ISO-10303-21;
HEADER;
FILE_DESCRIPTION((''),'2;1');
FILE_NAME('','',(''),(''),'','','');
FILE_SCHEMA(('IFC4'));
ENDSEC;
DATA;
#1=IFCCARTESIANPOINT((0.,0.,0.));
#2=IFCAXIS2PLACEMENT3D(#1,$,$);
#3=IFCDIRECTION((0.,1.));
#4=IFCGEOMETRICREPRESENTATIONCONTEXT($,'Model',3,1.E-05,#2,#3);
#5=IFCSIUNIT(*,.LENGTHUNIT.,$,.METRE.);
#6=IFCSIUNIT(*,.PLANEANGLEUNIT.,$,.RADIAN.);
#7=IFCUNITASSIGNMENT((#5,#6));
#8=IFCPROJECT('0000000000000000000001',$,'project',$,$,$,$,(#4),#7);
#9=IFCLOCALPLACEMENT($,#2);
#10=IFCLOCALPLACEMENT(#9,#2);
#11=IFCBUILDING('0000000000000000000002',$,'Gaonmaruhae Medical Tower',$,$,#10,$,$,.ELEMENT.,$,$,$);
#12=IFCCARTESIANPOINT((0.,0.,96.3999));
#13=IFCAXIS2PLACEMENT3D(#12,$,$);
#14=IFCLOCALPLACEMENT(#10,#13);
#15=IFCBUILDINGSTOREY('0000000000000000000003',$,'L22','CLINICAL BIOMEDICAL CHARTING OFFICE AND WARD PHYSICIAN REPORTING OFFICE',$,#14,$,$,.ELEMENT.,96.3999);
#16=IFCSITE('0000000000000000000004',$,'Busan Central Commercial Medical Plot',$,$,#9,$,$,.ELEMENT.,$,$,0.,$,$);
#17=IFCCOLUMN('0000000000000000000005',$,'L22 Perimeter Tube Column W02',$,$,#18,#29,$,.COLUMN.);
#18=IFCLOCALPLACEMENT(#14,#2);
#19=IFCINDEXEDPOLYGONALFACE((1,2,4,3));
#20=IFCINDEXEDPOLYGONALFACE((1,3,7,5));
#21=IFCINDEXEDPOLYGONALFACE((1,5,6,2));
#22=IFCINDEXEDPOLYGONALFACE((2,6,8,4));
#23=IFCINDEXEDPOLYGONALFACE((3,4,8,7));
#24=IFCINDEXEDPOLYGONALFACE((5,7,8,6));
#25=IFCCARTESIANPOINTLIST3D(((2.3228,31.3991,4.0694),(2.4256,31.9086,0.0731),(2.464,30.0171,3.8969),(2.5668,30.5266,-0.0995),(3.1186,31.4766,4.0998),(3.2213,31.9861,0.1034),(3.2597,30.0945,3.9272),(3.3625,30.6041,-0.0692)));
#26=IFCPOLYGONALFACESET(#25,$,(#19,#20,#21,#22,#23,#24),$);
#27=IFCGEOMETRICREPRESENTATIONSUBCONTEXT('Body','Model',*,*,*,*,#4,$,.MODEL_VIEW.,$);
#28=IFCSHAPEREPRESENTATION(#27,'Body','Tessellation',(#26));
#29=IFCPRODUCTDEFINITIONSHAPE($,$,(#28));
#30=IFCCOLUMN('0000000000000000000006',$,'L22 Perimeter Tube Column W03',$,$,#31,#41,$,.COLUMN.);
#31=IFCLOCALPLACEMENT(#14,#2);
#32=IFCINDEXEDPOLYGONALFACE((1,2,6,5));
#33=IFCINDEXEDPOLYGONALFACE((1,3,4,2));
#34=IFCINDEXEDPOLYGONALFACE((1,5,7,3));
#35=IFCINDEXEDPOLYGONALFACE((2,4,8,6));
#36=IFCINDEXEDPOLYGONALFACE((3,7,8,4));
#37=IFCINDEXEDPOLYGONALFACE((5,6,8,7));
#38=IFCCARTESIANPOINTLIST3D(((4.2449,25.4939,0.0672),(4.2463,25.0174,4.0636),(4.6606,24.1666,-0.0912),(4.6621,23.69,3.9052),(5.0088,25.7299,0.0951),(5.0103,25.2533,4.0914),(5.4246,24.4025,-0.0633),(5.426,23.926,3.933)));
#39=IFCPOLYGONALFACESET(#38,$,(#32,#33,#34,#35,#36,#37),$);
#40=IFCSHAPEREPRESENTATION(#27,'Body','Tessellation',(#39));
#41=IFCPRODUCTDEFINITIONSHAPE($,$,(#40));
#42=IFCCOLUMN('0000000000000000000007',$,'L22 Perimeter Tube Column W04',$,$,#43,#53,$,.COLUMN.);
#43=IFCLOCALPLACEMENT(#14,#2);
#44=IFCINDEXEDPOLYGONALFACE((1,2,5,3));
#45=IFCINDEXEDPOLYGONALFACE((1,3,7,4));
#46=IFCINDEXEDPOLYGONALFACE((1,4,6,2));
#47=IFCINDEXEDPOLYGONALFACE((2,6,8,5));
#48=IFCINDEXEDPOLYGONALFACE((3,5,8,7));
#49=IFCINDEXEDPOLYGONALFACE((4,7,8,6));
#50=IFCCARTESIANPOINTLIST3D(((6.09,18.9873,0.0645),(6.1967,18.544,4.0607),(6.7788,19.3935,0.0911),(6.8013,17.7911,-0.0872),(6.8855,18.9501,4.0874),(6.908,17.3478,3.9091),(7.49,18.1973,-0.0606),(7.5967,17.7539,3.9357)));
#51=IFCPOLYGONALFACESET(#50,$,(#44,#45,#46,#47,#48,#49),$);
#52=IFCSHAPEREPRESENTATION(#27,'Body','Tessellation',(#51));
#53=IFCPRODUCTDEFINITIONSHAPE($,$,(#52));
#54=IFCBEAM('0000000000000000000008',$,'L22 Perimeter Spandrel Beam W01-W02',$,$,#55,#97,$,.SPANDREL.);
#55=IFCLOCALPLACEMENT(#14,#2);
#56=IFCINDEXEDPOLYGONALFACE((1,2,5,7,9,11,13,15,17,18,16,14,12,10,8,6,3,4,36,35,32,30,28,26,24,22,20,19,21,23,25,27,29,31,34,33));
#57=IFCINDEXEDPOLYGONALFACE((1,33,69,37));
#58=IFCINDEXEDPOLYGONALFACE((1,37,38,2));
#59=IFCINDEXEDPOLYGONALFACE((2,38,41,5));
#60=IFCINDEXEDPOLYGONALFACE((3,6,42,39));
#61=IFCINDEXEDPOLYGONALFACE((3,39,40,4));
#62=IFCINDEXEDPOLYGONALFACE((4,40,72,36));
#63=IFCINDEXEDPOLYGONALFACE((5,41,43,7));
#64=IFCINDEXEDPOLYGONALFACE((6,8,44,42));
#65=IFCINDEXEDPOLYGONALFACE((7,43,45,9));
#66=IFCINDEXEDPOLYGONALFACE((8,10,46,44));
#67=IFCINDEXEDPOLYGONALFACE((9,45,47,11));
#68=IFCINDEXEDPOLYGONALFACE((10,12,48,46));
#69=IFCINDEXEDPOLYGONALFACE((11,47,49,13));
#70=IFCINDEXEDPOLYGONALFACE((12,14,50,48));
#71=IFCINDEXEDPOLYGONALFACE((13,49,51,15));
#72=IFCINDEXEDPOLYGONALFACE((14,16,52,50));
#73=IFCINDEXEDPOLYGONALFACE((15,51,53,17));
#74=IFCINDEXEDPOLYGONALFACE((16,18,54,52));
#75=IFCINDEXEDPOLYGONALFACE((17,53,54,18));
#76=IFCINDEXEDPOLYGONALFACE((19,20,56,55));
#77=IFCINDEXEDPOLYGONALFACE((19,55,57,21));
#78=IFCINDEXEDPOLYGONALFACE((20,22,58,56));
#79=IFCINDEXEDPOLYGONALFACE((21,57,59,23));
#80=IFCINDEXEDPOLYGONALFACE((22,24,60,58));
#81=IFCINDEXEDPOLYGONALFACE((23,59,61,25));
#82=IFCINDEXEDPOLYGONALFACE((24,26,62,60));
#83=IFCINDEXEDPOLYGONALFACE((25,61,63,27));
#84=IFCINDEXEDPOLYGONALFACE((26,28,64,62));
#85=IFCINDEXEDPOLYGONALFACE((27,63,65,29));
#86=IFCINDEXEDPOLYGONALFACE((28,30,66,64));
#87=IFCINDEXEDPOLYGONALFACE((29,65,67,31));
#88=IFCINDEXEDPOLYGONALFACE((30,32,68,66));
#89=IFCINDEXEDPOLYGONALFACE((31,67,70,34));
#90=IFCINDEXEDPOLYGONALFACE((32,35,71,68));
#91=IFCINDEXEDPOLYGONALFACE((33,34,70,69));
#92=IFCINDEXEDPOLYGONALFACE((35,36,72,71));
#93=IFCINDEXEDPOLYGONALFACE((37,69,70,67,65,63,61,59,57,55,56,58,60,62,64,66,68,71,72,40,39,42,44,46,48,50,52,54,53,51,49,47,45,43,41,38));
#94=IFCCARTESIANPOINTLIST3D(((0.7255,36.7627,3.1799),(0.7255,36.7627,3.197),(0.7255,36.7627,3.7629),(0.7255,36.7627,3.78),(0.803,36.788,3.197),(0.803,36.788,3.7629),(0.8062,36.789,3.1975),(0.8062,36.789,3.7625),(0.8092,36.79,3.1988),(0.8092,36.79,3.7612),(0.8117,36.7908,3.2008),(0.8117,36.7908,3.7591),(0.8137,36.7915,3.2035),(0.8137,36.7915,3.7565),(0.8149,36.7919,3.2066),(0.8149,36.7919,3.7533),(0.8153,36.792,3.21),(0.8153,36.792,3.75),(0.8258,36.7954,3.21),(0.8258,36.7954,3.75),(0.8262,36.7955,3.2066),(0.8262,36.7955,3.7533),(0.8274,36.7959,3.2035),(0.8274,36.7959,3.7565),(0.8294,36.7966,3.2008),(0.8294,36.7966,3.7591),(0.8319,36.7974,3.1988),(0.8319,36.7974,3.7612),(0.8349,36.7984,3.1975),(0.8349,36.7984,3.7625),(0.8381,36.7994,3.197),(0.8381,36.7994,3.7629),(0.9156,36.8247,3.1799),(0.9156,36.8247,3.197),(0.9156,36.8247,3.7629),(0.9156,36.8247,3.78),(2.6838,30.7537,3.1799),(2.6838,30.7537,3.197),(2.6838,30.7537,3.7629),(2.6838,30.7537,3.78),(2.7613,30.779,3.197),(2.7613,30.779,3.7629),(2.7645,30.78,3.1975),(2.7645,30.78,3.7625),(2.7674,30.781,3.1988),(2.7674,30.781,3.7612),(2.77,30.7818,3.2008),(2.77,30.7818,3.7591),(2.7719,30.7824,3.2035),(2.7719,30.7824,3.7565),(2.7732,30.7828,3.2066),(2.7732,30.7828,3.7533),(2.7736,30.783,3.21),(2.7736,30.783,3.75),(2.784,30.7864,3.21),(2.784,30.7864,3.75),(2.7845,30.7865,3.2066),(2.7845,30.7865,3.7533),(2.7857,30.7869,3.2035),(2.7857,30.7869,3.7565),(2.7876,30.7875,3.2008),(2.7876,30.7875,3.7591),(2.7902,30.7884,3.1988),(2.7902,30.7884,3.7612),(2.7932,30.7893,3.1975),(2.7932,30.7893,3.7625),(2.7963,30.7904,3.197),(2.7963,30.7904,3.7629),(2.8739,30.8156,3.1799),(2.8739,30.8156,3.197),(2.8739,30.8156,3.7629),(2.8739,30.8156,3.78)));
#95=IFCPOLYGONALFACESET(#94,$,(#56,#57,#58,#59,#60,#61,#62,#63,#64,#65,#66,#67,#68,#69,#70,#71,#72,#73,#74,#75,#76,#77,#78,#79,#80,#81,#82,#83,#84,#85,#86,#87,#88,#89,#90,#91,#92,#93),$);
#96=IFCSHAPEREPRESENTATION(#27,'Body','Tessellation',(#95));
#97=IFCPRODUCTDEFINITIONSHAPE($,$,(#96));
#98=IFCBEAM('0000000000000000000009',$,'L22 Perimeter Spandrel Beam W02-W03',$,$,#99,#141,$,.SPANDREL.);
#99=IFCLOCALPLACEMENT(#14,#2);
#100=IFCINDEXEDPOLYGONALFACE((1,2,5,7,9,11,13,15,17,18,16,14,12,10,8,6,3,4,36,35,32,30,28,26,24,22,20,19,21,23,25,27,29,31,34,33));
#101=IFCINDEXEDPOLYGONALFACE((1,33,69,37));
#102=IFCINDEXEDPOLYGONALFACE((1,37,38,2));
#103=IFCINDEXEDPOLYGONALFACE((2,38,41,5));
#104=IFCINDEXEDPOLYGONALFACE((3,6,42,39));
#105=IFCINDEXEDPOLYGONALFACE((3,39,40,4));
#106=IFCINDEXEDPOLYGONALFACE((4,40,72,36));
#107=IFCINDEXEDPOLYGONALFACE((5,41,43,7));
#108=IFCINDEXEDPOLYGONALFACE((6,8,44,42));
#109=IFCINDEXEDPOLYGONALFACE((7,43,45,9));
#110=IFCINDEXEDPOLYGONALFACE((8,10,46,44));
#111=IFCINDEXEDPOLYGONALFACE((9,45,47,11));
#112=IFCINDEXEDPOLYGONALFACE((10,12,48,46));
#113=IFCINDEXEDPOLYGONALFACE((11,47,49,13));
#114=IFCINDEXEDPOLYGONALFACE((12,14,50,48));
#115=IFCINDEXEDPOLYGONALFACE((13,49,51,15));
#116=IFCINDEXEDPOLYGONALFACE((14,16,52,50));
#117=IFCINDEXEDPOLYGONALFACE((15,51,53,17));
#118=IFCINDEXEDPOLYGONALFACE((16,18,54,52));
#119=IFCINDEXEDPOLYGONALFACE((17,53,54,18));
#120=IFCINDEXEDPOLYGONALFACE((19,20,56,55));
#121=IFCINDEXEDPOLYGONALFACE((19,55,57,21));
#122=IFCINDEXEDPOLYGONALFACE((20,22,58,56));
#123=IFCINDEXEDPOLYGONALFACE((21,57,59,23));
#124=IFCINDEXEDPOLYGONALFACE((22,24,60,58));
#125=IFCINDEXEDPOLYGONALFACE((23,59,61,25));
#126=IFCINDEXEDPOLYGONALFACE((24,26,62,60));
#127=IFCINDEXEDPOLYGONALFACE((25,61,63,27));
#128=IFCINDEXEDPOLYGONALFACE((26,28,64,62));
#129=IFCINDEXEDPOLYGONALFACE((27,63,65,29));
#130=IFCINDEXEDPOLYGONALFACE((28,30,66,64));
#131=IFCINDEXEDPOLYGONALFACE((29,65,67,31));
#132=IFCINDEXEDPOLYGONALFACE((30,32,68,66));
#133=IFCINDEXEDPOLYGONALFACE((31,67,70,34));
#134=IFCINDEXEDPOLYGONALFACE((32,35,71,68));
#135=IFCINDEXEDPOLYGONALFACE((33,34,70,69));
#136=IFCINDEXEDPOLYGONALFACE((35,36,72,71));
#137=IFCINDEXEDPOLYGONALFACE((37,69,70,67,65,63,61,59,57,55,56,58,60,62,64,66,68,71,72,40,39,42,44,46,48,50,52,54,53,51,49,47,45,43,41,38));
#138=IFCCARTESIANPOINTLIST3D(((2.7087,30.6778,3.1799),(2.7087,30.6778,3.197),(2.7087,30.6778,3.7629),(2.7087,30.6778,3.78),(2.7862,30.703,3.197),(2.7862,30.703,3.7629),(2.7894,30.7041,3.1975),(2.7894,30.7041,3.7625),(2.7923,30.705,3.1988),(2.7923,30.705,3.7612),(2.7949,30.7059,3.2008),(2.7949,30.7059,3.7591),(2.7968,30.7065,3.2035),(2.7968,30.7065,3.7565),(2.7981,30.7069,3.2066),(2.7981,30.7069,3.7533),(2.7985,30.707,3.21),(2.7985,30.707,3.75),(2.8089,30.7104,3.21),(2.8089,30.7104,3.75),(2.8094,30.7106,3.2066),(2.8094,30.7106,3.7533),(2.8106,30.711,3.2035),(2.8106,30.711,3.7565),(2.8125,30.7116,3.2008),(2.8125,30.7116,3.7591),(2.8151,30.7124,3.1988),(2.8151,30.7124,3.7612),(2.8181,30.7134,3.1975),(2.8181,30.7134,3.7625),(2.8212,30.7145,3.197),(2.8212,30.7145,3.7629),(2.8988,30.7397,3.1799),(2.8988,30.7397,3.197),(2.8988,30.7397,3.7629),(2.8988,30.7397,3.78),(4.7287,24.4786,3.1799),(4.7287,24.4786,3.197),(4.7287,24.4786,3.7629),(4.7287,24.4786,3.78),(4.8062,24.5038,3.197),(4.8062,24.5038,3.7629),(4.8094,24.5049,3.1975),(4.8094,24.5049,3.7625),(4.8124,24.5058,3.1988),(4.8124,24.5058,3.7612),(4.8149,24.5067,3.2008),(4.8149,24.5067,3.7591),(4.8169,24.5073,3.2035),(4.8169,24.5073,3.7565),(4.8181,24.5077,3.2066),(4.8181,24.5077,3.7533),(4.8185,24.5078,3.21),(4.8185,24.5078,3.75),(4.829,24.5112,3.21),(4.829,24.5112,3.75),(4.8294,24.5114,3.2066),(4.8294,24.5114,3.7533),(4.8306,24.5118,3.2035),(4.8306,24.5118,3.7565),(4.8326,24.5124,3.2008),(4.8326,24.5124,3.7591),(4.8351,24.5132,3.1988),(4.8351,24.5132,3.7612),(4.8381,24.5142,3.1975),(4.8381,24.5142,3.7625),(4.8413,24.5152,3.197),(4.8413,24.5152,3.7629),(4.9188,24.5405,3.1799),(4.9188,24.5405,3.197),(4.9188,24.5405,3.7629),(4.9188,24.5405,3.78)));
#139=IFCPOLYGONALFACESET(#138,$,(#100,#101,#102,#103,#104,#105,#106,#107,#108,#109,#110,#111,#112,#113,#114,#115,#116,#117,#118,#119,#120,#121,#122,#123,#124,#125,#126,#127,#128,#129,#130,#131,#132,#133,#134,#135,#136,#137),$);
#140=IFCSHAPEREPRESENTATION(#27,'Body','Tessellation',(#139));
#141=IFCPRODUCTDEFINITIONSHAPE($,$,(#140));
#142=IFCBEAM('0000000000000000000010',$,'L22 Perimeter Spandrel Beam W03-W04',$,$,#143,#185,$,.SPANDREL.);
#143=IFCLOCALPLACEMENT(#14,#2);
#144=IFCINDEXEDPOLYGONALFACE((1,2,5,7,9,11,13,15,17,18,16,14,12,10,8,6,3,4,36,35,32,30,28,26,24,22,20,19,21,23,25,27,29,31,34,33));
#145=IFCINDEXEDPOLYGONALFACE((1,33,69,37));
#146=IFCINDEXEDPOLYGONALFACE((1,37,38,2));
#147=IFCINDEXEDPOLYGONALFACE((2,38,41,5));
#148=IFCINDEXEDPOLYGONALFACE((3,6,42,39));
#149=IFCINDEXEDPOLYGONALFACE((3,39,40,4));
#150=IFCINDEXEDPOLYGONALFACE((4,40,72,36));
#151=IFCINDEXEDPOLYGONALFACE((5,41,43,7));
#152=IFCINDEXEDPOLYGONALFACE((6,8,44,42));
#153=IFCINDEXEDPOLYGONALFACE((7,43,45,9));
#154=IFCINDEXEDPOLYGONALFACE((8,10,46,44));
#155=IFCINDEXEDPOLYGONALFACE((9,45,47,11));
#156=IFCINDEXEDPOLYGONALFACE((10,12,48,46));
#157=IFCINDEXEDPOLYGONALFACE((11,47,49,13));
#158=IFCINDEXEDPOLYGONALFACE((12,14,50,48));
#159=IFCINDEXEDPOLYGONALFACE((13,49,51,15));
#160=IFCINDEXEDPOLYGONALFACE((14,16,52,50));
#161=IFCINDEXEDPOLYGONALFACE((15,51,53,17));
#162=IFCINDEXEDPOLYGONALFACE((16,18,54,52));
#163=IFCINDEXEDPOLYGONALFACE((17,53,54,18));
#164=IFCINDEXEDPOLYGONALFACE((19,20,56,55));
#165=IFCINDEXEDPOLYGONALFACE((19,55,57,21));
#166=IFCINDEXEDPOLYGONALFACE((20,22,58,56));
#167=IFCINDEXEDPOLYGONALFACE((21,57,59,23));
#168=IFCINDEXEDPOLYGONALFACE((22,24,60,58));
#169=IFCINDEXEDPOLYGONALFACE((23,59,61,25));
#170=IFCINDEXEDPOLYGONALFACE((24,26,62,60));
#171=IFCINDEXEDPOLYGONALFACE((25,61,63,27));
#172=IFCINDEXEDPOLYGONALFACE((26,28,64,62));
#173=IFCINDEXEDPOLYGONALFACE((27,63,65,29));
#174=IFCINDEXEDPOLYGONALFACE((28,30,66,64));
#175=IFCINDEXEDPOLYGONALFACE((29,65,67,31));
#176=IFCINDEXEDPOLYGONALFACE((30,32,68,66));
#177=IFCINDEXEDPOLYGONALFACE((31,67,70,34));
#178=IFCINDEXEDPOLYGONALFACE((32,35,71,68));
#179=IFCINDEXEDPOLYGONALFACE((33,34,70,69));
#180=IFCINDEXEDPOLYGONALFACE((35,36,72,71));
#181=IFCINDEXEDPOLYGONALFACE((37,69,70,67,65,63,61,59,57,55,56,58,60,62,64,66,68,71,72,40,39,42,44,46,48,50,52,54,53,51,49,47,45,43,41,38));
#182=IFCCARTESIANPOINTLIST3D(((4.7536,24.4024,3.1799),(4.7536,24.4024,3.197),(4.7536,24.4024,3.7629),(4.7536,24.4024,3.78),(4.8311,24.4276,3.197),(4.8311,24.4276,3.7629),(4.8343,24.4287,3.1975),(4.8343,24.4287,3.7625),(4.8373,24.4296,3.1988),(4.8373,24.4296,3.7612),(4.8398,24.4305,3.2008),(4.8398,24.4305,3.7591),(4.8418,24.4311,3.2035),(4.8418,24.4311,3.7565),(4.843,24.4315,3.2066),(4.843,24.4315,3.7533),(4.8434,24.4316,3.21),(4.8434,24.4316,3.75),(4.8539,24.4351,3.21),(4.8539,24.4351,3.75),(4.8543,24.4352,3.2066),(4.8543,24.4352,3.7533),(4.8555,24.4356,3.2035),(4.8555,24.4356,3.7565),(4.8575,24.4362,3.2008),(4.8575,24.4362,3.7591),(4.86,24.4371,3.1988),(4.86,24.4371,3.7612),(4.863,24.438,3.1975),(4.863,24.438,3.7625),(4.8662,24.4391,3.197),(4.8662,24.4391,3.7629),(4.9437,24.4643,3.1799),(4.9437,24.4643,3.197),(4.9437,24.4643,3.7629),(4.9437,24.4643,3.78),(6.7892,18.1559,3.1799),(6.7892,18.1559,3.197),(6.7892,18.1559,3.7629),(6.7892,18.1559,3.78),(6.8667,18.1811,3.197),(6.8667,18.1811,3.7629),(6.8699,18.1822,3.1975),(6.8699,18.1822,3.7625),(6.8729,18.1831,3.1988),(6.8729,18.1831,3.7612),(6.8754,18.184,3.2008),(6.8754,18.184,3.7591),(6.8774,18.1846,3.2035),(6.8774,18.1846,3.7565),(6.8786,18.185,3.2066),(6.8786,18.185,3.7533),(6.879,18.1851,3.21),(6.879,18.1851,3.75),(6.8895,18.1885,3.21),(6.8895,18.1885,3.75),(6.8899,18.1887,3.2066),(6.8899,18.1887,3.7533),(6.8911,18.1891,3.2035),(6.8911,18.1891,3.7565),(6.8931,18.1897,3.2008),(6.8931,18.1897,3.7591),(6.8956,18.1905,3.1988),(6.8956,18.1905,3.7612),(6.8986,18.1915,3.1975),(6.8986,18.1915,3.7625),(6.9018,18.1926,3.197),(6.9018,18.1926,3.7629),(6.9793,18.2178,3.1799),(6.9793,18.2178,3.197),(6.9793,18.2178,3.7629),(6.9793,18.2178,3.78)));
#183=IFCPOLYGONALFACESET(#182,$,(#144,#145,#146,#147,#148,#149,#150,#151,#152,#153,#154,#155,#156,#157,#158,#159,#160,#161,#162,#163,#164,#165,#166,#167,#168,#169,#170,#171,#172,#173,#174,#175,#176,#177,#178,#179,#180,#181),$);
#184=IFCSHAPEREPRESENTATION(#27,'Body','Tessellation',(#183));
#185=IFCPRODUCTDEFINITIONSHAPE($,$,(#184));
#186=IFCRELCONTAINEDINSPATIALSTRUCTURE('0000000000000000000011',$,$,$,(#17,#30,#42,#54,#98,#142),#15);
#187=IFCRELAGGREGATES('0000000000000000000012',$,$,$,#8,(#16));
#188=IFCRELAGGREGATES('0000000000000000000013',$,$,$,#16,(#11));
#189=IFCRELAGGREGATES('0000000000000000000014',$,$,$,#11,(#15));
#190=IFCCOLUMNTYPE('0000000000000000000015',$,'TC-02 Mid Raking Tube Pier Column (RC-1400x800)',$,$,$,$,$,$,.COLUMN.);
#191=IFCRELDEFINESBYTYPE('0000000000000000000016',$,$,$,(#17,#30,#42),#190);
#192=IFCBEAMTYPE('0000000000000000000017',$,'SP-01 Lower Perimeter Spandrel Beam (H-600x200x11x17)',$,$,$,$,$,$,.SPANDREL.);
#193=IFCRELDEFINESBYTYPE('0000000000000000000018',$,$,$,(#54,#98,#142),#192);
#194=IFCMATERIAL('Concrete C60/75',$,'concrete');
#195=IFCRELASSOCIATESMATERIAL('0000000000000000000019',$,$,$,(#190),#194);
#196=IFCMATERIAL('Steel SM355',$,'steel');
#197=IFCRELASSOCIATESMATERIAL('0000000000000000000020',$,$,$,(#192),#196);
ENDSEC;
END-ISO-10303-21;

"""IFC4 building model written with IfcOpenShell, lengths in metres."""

from ifc_helpers import new_model, si_unit, direction, frame, origin, origin_2d, place, context, subcontext, project, spatial, rectangle, i_section, extrude, material, material_profile, profile_set, type_object, element, save


model = new_model("IFC4")

# Units and contexts
model_context = context("Model", 3, precision=1e-05, world=origin(), true_north=direction((0.0, 1.0)))
body_context = subcontext(model_context, "Body", "Model", "MODEL_VIEW")
ifc_project = project(units=[si_unit("LENGTHUNIT", "METRE"), si_unit("PLANEANGLEUNIT", "RADIAN")], contexts=[model_context])

# Site, building, storey
site_placement = place(None, origin())
site = spatial("IfcSite", under=ifc_project, at=site_placement, Name="Busan Central Commercial Medical Plot", CompositionType="ELEMENT", RefElevation=0.0)
building_placement = place(site_placement, origin())
building = spatial("IfcBuilding", under=site, at=building_placement, Name="Gaonmaruhae Medical Tower", CompositionType="ELEMENT")
storey_placement = place(building_placement, frame((0.0, 0.0, 96.3999)))
storey = spatial("IfcBuildingStorey", under=building, at=storey_placement, Name="L22", Description="CLINICAL BIOMEDICAL CHARTING OFFICE AND WARD PHYSICIAN REPORTING OFFICE", CompositionType="ELEMENT", Elevation=96.3999)

# Columns
ifc_material_1 = material(Name="Concrete C60/75", Category="concrete")
ifc_material_profile_1 = material_profile(ifc_material_1, rectangle(XDim=1.3999, YDim=0.8, at=origin_2d()), Name="RC-1400x800")
ifc_profile_set_1 = profile_set([ifc_material_profile_1], Name="Concrete C60/75")
column_type = type_object("IfcColumnType", Name="TC-02 Mid Raking Tube Pier Column (RC-1400x800)", PredefinedType="COLUMN", material=ifc_profile_set_1)
column_1_placement = place(storey_placement, frame((2.894, 31.2563, 0.002), z_axis=(-0.025505, -0.126432, 0.991647), x_axis=(-0.100813, 0.987238, 0.123277)))
element("IfcColumn", 1, at=column_1_placement, inside=storey, type_object=column_type, Name="L22 Perimeter Tube Column W02", PredefinedType="COLUMN", context=body_context, shape_type="SweptSolid", body=[
    extrude(rectangle(XDim=1.3999, YDim=0.8, at=origin_2d()), origin(), (0.0, 0.0, 1.0), 4.03),
])
column_2_placement = place(storey_placement, frame((4.8347, 24.9482, 0.002), z_axis=(0.000364, -0.118411, 0.992965), x_axis=(-0.296956, 0.94816, 0.113177)))
element("IfcColumn", 2, at=column_2_placement, inside=storey, type_object=column_type, Name="L22 Perimeter Tube Column W03", PredefinedType="COLUMN", context=body_context, shape_type="SweptSolid", body=[
    extrude(rectangle(XDim=1.3999, YDim=0.8, at=origin_2d()), origin(), (0.0, 0.0, 1.0), 4.0247),
])
column_3_placement = place(storey_placement, frame((6.79, 18.5923, 0.002), z_axis=(0.026525, -0.110226, 0.993553), x_axis=(-0.508055, 0.854481, 0.108361)))
element("IfcColumn", 3, at=column_3_placement, inside=storey, type_object=column_type, Name="L22 Perimeter Tube Column W04", PredefinedType="COLUMN", context=body_context, shape_type="SweptSolid", body=[
    extrude(rectangle(XDim=1.3999, YDim=0.8, at=origin_2d()), origin(), (0.0, 0.0, 1.0), 4.0222),
])

# Beams
ifc_material_2 = material(Name="Steel SM355", Category="steel")
ifc_material_profile_2 = material_profile(ifc_material_2, i_section(OverallWidth=0.2, OverallDepth=0.6001, WebThickness=0.011, FlangeThickness=0.0171, FilletRadius=0.0129, at=origin_2d()), Name="H-600x200x11x17")
ifc_profile_set_2 = profile_set([ifc_material_profile_2], Name="Steel SM355")
beam_type = type_object("IfcBeamType", Name="SP-01 Lower Perimeter Spandrel Beam (H-600x200x11x17)", PredefinedType="SPANDREL", material=ifc_profile_set_2)
beam_1_placement = place(storey_placement, frame((0.8206, 36.7937, 3.48), z_axis=(0.309847, -0.950787, 0.0), x_axis=(0.950787, 0.309847, 0.0)))
element("IfcBeam", 4, at=beam_1_placement, inside=storey, type_object=beam_type, Name="L22 Perimeter Spandrel Beam W01-W02", PredefinedType="SPANDREL", context=body_context, shape_type="SweptSolid", body=[
    extrude(i_section(OverallWidth=0.2, OverallDepth=0.6001, WebThickness=0.011, FlangeThickness=0.0171, FilletRadius=0.0129, at=origin_2d()), origin(), (0.0, 0.0, 1.0), 6.3201),
])
beam_2_placement = place(storey_placement, frame((2.8037, 30.7087, 3.48), z_axis=(0.309818, -0.950796, 0.0), x_axis=(0.950796, 0.309818, 0.0)))
element("IfcBeam", 5, at=beam_2_placement, inside=storey, type_object=beam_type, Name="L22 Perimeter Spandrel Beam W02-W03", PredefinedType="SPANDREL", context=body_context, shape_type="SweptSolid", body=[
    extrude(i_section(OverallWidth=0.2, OverallDepth=0.6001, WebThickness=0.011, FlangeThickness=0.0171, FilletRadius=0.0129, at=origin_2d()), origin(), (0.0, 0.0, 1.0), 6.52),
])
beam_3_placement = place(storey_placement, frame((4.8486, 24.4333, 3.48), z_axis=(0.309844, -0.950787, 0.0), x_axis=(0.950787, 0.309844, 0.0)))
element("IfcBeam", 6, at=beam_3_placement, inside=storey, type_object=beam_type, Name="L22 Perimeter Spandrel Beam W03-W04", PredefinedType="SPANDREL", context=body_context, shape_type="SweptSolid", body=[
    extrude(i_section(OverallWidth=0.2, OverallDepth=0.6001, WebThickness=0.011, FlangeThickness=0.0171, FilletRadius=0.0129, at=origin_2d()), origin(), (0.0, 0.0, 1.0), 6.5698),
])

save(model, "model.ifc")
